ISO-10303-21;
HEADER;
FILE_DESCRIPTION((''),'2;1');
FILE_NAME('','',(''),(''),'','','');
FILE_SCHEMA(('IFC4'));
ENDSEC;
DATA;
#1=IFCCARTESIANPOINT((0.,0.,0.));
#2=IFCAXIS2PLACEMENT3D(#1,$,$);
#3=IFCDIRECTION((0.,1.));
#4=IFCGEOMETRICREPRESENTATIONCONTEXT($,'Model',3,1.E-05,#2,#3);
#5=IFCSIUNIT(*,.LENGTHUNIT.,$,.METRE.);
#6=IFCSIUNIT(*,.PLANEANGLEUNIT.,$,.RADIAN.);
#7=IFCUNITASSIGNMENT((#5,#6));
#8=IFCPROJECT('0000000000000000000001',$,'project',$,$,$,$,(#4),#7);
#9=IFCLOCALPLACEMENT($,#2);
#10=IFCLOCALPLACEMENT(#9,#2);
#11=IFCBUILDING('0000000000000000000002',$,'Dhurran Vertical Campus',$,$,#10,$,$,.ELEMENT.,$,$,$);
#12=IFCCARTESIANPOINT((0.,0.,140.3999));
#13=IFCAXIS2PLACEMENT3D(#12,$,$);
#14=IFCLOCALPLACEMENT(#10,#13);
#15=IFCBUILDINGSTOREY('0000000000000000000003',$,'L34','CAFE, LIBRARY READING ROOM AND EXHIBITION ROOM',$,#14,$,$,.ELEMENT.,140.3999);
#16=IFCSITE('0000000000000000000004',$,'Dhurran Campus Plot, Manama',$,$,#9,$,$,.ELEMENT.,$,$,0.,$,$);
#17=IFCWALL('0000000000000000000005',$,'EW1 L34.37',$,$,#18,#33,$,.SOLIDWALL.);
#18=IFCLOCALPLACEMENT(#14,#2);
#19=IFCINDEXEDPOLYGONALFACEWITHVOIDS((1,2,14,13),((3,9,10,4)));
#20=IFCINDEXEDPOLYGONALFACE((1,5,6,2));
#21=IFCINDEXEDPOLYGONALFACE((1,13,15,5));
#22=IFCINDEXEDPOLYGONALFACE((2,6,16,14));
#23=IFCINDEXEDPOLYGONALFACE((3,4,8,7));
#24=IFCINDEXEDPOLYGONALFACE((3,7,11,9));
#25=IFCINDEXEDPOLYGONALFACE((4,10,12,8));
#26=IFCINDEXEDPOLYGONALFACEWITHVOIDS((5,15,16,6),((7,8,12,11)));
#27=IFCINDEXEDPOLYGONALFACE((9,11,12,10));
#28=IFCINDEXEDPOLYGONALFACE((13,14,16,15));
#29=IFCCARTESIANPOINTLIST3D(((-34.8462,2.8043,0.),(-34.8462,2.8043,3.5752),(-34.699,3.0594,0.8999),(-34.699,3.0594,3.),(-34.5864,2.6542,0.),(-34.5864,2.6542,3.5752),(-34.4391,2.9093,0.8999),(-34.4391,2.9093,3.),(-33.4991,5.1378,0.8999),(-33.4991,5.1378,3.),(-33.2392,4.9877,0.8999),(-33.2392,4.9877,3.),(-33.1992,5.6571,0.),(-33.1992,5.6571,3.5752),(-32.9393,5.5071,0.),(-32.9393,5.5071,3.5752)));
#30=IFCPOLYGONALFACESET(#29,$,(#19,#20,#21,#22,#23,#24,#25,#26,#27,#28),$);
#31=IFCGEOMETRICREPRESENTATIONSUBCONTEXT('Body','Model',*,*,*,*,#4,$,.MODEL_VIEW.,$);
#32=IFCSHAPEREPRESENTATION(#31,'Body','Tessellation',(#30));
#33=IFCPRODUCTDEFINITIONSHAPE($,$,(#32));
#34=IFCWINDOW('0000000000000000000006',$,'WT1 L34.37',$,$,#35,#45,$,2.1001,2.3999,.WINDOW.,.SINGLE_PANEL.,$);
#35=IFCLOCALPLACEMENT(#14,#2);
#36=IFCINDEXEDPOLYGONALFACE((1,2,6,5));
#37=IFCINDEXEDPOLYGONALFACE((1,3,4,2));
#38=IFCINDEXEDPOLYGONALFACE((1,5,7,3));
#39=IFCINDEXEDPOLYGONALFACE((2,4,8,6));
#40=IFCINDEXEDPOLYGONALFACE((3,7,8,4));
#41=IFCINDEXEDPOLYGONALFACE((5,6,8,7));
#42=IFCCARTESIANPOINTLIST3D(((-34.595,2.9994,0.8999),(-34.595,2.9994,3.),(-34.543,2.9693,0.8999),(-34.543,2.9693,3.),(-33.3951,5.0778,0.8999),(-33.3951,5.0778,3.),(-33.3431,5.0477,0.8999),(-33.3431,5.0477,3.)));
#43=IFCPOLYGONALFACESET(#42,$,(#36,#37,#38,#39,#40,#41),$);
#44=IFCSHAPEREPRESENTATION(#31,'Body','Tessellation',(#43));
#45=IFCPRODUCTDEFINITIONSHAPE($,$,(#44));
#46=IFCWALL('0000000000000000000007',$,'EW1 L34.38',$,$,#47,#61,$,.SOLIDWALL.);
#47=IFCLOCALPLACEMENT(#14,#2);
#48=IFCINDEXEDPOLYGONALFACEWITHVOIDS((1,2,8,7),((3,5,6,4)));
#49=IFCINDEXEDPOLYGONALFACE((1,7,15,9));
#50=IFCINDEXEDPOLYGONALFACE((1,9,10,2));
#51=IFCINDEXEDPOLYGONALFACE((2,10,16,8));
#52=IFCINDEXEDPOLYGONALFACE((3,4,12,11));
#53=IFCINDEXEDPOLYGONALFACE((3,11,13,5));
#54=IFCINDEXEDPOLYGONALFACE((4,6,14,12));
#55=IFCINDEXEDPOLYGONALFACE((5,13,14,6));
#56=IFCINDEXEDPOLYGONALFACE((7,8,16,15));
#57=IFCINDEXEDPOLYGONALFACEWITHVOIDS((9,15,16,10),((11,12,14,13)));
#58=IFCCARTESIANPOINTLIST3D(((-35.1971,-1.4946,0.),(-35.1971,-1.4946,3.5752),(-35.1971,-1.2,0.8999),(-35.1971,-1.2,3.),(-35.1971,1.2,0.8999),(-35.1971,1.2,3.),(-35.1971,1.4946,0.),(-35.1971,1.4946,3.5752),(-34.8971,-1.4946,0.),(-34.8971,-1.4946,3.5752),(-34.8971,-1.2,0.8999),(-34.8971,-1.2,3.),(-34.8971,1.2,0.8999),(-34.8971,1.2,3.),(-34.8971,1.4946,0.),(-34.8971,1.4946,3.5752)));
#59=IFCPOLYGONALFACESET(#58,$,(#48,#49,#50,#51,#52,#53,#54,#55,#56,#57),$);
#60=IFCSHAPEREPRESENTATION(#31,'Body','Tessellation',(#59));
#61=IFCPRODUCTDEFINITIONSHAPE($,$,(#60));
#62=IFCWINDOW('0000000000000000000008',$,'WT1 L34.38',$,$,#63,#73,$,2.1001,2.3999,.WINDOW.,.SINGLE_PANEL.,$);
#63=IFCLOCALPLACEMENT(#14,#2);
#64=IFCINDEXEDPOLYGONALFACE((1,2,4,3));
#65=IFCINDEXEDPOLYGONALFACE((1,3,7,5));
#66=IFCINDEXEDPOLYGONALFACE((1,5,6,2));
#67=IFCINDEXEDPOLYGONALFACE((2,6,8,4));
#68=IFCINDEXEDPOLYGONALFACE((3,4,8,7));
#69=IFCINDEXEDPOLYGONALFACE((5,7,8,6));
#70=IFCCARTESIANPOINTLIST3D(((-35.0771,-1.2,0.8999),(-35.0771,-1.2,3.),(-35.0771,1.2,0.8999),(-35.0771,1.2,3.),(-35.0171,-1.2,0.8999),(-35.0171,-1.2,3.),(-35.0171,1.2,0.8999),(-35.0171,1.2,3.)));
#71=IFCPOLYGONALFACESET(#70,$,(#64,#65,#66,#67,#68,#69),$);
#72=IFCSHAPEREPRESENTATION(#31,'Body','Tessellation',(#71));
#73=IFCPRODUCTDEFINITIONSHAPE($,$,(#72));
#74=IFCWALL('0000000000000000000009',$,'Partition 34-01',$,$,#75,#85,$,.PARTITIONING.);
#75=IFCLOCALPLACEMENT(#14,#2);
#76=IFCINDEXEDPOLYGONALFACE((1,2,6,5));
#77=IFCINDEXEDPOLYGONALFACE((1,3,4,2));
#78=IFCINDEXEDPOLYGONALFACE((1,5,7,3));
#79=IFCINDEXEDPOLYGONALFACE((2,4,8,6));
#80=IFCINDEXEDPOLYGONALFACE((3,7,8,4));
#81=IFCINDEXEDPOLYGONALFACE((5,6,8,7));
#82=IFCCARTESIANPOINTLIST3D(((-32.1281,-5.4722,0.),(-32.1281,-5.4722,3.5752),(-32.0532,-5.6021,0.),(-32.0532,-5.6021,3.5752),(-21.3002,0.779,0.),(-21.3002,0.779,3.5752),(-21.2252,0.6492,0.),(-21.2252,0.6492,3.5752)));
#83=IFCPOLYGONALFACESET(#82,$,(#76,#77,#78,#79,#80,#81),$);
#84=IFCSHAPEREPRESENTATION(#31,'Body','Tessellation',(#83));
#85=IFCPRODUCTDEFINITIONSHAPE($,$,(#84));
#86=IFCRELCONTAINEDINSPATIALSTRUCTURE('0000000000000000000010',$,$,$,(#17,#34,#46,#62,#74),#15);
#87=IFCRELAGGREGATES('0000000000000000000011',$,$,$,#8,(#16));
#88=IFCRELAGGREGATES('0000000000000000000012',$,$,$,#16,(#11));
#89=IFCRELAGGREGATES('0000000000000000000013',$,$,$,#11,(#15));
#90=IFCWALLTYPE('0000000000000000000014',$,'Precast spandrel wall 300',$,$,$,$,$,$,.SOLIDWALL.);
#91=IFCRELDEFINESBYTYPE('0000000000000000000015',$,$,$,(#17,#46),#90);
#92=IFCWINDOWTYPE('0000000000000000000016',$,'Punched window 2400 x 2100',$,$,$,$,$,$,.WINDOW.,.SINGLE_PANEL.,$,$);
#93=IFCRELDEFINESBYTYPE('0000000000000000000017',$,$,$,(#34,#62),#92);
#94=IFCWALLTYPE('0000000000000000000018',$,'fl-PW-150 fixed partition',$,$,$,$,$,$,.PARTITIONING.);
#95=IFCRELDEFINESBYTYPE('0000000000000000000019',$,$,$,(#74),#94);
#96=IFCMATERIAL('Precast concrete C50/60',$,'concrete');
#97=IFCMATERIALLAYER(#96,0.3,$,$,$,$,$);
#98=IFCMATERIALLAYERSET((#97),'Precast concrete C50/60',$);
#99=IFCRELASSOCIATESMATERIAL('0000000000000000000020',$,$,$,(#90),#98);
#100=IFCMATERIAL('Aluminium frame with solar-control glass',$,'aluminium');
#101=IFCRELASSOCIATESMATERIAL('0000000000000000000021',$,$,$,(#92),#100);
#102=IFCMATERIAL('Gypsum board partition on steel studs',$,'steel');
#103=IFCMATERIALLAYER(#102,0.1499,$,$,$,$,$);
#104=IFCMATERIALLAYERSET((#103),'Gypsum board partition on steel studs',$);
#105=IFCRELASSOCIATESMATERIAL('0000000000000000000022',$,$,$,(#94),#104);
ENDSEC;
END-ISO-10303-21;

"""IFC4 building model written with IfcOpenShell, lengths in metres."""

from ifc_helpers import new_model, si_unit, direction, frame, frame_2d, origin, place, context, subcontext, project, spatial, rectangle, extrude, material, layer, layer_set, type_object, element, fill, save


model = new_model("IFC4")

# Units and contexts
model_context = context("Model", 3, precision=1e-05, world=origin(), true_north=direction((0.0, 1.0)))
body_context = subcontext(model_context, "Body", "Model", "MODEL_VIEW")
ifc_project = project(units=[si_unit("LENGTHUNIT", "METRE"), si_unit("PLANEANGLEUNIT", "RADIAN")], contexts=[model_context])

# Site, building, storey
site_placement = place(None, origin())
site = spatial("IfcSite", under=ifc_project, at=site_placement, Name="Dhurran Campus Plot, Manama", CompositionType="ELEMENT", RefElevation=0.0)
building_placement = place(site_placement, origin())
building = spatial("IfcBuilding", under=site, at=building_placement, Name="Dhurran Vertical Campus", CompositionType="ELEMENT")
storey_placement = place(building_placement, frame((0.0, 0.0, 140.3999)))
storey = spatial("IfcBuildingStorey", under=building, at=storey_placement, Name="L34", Description="CAFE, LIBRARY READING ROOM AND EXHIBITION ROOM", CompositionType="ELEMENT", Elevation=140.3999)

# Walls, openings, windows
ifc_material_1 = material(Name="Precast concrete C50/60", Category="concrete")
ifc_layer_1 = layer(ifc_material_1, 0.3)
ifc_layer_set_1 = layer_set([ifc_layer_1], Name="Precast concrete C50/60")
wall_type_1 = type_object("IfcWallType", Name="Precast spandrel wall 300", PredefinedType="SOLIDWALL", material=ifc_layer_set_1)
ifc_material_2 = material(Name="Aluminium frame with solar-control glass", Category="aluminium")
window_type = type_object("IfcWindowType", Name="Punched window 2400 x 2100", PartitioningType="SINGLE_PANEL", PredefinedType="WINDOW", material=ifc_material_2)
wall_1_placement = place(storey_placement, frame((-33.0693, 5.582, 0.0), z_axis=(0.0, 0.0, 1.0), x_axis=(-0.499981, -0.866036, 0.0)))
wall_1 = element("IfcWall", 1, at=wall_1_placement, inside=storey, type_object=wall_type_1, Name="EW1 L34.37", PredefinedType="SOLIDWALL", context=body_context, shape_type="SweptSolid", body=[
    extrude(rectangle(XDim=3.2942, YDim=0.3, at=frame_2d((1.647, 0.0))), origin(), (0.0, 0.0, 1.0), 3.5752),
])
opening_1_placement = place(wall_1_placement, frame((0.5996, 0.0, 0.8999)))
opening_1 = element("IfcOpeningElement", 2, at=opening_1_placement, cuts=wall_1, PredefinedType="OPENING", context=body_context, shape_type="SweptSolid", body=[
    extrude(rectangle(XDim=2.3999, YDim=2.1001, at=frame_2d((1.2, 1.05))), frame((0.0, 0.1599, 0.0), z_axis=(0.0, -1.0, 0.0), x_axis=(1.0, 0.0, 0.0)), (0.0, 0.0, 1.0), 0.3201),
])
window_1_placement = place(opening_1_placement, origin())
window_1 = element("IfcWindow", 3, at=window_1_placement, inside=storey, type_object=window_type, Name="WT1 L34.37", OverallHeight=2.1001, OverallWidth=2.3999, PartitioningType="SINGLE_PANEL", PredefinedType="WINDOW", context=body_context, shape_type="SweptSolid", body=[
    extrude(rectangle(XDim=2.3999, YDim=2.1001, at=frame_2d((1.2, 1.05))), frame((0.0, 0.03, 0.0), z_axis=(0.0, -1.0, 0.0), x_axis=(1.0, 0.0, 0.0)), (0.0, 0.0, 1.0), 0.0601),
])
fill(opening_1, window_1)
wall_2_placement = place(storey_placement, frame((-35.0471, 1.4946, 0.0), z_axis=(0.0, 0.0, 1.0), x_axis=(0.0, -1.0, 0.0)))
wall_2 = element("IfcWall", 4, at=wall_2_placement, inside=storey, type_object=wall_type_1, Name="EW1 L34.38", PredefinedType="SOLIDWALL", context=body_context, shape_type="SweptSolid", body=[
    extrude(rectangle(XDim=2.9893, YDim=0.3, at=frame_2d((1.4946, 0.0))), origin(), (0.0, 0.0, 1.0), 3.5752),
])
opening_2_placement = place(wall_2_placement, frame((0.2947, 0.0, 0.8999)))
opening_2 = element("IfcOpeningElement", 5, at=opening_2_placement, cuts=wall_2, PredefinedType="OPENING", context=body_context, shape_type="SweptSolid", body=[
    extrude(rectangle(XDim=2.3999, YDim=2.1001, at=frame_2d((1.2, 1.05))), frame((0.0, 0.1599, 0.0), z_axis=(0.0, -1.0, 0.0), x_axis=(1.0, 0.0, 0.0)), (0.0, 0.0, 1.0), 0.3201),
])
window_2_placement = place(opening_2_placement, origin())
window_2 = element("IfcWindow", 6, at=window_2_placement, inside=storey, type_object=window_type, Name="WT1 L34.38", OverallHeight=2.1001, OverallWidth=2.3999, PartitioningType="SINGLE_PANEL", PredefinedType="WINDOW", context=body_context, shape_type="SweptSolid", body=[
    extrude(rectangle(XDim=2.3999, YDim=2.1001, at=frame_2d((1.2, 1.05))), frame((0.0, 0.03, 0.0), z_axis=(0.0, -1.0, 0.0), x_axis=(1.0, 0.0, 0.0)), (0.0, 0.0, 1.0), 0.0601),
])
fill(opening_2, window_2)

# Wall
ifc_material_3 = material(Name="Gypsum board partition on steel studs", Category="steel")
ifc_layer_2 = layer(ifc_material_3, 0.1499)
ifc_layer_set_2 = layer_set([ifc_layer_2], Name="Gypsum board partition on steel studs")
wall_type_2 = type_object("IfcWallType", Name="fl-PW-150 fixed partition", PredefinedType="PARTITIONING", material=ifc_layer_set_2)
wall_3_placement = place(storey_placement, frame((-21.2627, 0.7141, 0.0), z_axis=(0.0, 0.0, 1.0), x_axis=(-0.866034, -0.499984, 0.0)))
element("IfcWall", 7, at=wall_3_placement, inside=storey, type_object=wall_type_2, Name="Partition 34-01", PredefinedType="PARTITIONING", context=body_context, shape_type="SweptSolid", body=[
    extrude(rectangle(XDim=12.5029, YDim=0.1499, at=frame_2d((6.2515, 0.0))), origin(), (0.0, 0.0, 1.0), 3.5752),
])

save(model, "model.ifc")
